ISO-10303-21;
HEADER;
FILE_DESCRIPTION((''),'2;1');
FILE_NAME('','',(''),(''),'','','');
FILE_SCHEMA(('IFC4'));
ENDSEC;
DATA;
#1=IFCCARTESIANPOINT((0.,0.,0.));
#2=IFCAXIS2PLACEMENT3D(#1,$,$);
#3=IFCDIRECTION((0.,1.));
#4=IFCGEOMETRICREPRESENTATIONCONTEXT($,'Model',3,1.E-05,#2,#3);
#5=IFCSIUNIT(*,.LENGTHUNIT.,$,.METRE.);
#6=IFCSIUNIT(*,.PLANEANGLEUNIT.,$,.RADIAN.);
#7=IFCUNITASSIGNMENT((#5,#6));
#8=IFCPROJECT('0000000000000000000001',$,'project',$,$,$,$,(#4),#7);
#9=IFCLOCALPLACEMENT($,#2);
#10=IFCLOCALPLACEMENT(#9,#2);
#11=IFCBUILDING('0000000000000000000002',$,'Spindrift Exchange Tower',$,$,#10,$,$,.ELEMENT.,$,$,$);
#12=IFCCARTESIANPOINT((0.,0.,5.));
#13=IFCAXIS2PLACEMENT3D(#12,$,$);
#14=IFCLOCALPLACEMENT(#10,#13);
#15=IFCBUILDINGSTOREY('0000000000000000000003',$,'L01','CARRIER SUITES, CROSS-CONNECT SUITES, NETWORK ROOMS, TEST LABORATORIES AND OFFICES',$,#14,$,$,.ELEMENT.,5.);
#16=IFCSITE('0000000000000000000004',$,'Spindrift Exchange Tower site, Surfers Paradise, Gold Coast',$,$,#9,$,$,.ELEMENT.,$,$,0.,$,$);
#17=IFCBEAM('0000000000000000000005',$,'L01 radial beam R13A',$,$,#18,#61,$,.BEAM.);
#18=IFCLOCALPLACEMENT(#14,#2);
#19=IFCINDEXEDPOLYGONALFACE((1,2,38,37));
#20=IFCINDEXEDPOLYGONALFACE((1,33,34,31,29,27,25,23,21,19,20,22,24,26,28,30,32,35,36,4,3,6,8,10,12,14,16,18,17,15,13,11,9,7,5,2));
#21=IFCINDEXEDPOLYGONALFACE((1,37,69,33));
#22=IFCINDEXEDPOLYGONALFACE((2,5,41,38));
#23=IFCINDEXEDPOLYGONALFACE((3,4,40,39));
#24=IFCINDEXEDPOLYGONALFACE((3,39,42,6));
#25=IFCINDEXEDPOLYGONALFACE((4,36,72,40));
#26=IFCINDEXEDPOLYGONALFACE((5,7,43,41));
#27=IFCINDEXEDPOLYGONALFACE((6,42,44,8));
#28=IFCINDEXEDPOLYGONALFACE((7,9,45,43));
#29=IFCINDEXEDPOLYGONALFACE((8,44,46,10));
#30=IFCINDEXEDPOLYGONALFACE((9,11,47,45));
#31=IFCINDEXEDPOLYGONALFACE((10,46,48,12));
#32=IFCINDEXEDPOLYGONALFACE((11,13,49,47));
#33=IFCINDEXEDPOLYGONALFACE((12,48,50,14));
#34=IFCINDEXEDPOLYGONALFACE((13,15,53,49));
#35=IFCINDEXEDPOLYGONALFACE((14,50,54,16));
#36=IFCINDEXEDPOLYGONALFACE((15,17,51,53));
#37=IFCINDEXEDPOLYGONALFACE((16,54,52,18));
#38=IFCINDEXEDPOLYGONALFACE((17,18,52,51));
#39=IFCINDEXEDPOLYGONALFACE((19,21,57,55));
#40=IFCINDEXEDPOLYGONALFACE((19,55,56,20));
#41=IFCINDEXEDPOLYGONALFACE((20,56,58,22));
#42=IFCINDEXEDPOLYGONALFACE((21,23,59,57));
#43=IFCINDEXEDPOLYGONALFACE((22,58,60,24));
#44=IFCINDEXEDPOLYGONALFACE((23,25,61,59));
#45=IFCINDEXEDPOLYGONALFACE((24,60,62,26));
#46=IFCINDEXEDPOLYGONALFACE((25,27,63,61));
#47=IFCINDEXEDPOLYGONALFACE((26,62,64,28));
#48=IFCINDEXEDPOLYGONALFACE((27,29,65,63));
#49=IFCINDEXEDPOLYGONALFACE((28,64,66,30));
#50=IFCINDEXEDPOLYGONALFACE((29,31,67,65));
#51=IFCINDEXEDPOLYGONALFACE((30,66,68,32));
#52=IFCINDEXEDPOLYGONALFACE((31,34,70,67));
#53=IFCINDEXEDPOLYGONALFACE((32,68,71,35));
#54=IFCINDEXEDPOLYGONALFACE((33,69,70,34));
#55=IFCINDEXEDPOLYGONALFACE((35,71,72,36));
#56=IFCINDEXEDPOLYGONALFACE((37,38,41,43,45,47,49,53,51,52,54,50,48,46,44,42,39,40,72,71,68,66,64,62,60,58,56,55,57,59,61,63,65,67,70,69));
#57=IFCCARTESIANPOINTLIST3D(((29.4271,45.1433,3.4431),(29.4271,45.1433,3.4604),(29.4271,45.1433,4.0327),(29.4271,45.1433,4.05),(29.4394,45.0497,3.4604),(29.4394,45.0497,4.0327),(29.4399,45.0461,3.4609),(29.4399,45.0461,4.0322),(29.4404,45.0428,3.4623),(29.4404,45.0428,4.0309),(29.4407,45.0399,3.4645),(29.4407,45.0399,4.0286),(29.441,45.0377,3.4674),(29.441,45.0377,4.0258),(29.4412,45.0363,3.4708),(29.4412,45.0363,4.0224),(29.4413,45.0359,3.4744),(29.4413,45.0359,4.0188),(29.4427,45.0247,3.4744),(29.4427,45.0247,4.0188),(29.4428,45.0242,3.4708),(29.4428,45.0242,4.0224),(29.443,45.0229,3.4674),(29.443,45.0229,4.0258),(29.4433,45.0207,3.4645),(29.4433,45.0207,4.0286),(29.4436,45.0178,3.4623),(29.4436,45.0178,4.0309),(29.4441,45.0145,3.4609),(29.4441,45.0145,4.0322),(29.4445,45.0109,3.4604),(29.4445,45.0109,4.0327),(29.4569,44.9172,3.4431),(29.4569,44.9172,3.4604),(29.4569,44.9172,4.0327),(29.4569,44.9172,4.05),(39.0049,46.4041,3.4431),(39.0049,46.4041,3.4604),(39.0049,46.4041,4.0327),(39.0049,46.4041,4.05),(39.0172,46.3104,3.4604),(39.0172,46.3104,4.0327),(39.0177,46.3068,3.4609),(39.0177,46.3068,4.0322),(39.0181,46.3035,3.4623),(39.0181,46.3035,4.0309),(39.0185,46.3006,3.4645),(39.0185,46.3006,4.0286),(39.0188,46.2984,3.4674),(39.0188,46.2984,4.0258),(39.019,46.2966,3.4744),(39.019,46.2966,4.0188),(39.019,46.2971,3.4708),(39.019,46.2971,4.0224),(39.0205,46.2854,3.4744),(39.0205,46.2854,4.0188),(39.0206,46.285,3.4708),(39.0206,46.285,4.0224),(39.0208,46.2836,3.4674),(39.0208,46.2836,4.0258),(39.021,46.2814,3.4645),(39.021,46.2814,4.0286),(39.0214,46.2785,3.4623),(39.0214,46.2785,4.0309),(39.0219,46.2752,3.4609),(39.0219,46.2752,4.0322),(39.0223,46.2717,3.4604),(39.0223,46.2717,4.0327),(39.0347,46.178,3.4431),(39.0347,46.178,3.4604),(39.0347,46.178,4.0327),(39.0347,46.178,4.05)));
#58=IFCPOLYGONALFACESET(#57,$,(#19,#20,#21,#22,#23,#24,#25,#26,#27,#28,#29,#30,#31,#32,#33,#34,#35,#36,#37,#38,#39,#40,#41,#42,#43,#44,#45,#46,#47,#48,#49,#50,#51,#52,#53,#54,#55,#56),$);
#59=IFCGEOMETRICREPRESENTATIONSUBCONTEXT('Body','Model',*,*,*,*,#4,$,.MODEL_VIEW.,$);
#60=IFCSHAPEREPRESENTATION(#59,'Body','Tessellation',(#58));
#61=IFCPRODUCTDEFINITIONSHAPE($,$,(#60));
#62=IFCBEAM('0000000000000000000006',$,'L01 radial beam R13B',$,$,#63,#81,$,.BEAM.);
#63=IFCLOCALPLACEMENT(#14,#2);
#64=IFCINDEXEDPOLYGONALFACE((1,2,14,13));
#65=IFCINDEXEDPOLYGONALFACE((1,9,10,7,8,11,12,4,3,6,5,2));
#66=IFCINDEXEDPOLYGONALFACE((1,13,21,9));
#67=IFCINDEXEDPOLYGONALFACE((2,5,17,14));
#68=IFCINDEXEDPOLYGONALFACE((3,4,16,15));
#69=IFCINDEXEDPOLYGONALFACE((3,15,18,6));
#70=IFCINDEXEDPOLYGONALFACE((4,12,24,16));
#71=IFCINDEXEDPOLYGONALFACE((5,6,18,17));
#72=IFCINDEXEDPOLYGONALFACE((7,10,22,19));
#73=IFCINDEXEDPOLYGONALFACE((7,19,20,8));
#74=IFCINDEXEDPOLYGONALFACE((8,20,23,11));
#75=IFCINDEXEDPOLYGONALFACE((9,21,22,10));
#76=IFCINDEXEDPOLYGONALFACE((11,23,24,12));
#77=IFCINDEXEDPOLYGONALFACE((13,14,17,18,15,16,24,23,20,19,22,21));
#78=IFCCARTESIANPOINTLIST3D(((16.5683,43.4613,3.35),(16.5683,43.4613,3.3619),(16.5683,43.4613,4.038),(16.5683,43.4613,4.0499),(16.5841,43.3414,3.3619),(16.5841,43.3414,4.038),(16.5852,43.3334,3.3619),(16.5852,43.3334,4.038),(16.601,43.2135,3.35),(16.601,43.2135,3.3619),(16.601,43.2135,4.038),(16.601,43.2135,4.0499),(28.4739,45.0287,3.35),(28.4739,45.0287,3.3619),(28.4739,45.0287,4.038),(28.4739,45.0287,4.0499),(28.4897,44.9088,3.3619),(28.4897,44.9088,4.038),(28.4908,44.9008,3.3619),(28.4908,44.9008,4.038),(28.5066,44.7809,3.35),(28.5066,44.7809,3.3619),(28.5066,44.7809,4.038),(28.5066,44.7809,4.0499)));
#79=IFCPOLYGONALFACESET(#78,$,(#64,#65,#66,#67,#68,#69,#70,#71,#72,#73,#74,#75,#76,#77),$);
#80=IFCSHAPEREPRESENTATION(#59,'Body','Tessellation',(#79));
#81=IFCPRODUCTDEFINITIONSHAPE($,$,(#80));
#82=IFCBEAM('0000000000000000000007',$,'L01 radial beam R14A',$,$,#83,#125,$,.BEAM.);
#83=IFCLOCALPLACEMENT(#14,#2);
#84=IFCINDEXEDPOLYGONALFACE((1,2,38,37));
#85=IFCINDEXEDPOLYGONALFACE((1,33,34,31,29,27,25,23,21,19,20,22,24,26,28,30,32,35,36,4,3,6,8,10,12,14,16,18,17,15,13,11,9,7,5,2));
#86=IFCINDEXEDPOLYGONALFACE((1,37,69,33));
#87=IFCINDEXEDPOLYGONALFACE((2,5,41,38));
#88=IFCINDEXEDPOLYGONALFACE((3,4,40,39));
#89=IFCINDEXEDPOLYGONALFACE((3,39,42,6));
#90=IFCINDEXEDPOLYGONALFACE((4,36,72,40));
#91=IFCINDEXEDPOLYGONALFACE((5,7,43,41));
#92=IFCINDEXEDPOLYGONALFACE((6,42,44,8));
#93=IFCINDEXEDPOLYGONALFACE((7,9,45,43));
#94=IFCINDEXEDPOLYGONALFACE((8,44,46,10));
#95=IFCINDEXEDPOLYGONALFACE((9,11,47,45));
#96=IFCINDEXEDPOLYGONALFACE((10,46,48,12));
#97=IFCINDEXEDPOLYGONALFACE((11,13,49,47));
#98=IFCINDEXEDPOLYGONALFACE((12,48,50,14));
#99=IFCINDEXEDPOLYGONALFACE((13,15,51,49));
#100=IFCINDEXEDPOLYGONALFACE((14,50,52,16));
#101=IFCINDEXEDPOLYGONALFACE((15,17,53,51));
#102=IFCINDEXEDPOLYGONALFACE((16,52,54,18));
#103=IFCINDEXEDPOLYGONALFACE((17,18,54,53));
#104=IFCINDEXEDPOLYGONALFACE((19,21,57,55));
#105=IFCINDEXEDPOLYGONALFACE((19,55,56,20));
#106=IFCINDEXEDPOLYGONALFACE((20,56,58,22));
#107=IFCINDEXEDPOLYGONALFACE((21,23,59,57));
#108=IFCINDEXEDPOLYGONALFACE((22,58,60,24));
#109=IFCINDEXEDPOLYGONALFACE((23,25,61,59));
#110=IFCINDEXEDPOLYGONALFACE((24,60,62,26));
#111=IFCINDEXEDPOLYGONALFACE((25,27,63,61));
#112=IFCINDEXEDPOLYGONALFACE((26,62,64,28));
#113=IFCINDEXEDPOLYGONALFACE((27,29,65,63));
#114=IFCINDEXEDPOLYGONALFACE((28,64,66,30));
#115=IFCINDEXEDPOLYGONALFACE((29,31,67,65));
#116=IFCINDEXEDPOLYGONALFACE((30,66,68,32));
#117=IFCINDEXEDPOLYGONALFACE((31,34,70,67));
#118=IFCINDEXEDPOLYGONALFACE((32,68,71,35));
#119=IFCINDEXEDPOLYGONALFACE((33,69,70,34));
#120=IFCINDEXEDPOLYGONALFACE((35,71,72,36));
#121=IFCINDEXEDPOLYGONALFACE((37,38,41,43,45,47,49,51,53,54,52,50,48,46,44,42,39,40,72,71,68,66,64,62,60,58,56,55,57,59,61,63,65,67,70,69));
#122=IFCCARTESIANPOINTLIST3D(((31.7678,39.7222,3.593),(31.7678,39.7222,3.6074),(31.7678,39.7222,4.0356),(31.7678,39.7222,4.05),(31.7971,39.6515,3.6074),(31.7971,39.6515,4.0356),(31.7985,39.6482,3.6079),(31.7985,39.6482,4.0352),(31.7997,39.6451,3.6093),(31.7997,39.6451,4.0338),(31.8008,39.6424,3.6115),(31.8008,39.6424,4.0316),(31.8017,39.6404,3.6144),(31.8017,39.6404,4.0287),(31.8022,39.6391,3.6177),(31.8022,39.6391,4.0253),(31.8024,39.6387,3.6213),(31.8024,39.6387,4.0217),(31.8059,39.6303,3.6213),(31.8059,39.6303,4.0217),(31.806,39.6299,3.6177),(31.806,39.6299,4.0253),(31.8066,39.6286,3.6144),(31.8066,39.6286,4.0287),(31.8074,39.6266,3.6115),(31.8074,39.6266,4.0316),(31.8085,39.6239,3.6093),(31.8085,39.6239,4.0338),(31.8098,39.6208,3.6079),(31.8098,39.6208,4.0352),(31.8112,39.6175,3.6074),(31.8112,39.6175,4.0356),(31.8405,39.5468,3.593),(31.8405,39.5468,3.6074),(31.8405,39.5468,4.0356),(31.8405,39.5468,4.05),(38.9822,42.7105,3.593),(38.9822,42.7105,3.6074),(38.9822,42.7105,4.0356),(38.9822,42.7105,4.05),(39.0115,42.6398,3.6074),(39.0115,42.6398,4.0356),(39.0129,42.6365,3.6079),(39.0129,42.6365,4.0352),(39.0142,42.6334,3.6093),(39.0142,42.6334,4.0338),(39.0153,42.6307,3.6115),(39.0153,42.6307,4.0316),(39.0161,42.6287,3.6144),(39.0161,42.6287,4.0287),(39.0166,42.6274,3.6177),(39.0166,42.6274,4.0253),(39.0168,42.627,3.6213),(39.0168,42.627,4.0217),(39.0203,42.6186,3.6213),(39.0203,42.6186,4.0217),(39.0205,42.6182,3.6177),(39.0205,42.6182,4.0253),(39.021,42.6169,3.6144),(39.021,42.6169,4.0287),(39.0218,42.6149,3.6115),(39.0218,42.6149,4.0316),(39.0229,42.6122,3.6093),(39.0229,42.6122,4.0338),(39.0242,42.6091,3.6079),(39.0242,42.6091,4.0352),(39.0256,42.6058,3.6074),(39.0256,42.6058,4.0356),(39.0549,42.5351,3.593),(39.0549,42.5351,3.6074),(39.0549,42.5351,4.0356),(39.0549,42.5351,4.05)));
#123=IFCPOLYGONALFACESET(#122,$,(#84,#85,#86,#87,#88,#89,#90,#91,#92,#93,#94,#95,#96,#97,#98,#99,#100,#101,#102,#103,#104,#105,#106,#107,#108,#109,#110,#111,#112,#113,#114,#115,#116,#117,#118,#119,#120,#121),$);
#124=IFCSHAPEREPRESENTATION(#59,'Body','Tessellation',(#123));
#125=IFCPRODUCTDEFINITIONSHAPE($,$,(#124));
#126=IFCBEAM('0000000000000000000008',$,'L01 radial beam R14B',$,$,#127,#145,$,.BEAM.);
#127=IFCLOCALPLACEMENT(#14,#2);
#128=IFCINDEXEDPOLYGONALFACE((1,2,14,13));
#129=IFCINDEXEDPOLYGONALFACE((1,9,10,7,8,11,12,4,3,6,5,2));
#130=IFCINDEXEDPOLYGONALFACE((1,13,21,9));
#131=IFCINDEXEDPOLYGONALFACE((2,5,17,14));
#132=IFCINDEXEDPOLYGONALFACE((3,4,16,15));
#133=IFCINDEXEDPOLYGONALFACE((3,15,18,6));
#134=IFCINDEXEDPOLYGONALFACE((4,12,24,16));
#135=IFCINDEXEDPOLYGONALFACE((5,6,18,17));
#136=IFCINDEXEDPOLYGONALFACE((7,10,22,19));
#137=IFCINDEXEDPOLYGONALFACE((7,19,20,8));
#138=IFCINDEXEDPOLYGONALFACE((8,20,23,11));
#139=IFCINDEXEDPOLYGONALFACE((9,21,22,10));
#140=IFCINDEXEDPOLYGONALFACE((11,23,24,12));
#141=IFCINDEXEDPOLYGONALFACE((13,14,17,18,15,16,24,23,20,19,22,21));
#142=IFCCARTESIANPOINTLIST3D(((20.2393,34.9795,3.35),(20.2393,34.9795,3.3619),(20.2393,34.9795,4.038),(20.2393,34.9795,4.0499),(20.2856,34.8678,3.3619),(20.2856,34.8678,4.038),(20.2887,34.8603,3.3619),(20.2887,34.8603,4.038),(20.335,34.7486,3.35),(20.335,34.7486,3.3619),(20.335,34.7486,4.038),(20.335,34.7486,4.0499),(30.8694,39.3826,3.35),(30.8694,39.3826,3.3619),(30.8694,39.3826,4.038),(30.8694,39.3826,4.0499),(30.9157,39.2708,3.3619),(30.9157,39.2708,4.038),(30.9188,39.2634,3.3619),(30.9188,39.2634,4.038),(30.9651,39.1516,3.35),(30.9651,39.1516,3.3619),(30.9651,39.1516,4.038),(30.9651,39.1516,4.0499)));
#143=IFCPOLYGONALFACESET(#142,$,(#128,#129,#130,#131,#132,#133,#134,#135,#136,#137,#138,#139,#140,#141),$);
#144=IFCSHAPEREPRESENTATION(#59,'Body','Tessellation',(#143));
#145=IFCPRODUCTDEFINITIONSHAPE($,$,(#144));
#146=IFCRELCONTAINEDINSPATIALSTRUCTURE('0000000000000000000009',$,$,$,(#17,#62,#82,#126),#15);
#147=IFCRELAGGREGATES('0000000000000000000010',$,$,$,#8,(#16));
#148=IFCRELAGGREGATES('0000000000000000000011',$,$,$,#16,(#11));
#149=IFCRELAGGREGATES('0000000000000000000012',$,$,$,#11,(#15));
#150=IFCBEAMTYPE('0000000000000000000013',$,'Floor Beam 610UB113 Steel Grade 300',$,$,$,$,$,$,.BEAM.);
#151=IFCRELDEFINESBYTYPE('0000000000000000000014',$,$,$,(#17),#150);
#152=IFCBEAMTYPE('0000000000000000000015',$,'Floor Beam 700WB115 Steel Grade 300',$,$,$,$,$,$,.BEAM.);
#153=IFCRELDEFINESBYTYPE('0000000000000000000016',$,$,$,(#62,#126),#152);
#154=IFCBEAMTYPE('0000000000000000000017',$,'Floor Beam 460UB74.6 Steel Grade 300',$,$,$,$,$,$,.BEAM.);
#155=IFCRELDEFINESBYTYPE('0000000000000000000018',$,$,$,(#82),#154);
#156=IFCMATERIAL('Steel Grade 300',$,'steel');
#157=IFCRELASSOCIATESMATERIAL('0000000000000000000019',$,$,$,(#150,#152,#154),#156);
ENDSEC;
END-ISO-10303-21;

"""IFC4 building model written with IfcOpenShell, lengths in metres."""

from ifc_helpers import new_model, si_unit, direction, frame, origin, origin_2d, place, context, subcontext, project, spatial, i_section, extrude, source, transform, mapped, material, material_profile, profile_set, type_object, element, save


model = new_model("IFC4")

# Units and contexts
model_context = context("Model", 3, precision=1e-05, world=origin(), true_north=direction((0.0, 1.0)))
body_context = subcontext(model_context, "Body", "Model", "MODEL_VIEW")
ifc_project = project(units=[si_unit("LENGTHUNIT", "METRE"), si_unit("PLANEANGLEUNIT", "RADIAN")], contexts=[model_context])

# Site, building, storey
site_placement = place(None, origin())
site = spatial("IfcSite", under=ifc_project, at=site_placement, Name="Spindrift Exchange Tower site, Surfers Paradise, Gold Coast", CompositionType="ELEMENT", RefElevation=0.0)
building_placement = place(site_placement, origin())
building = spatial("IfcBuilding", under=site, at=building_placement, Name="Spindrift Exchange Tower", CompositionType="ELEMENT")
storey_placement = place(building_placement, frame((0.0, 0.0, 5.0)))
storey = spatial("IfcBuildingStorey", under=building, at=storey_placement, Name="L01", Description="CARRIER SUITES, CROSS-CONNECT SUITES, NETWORK ROOMS, TEST LABORATORIES AND OFFICES", CompositionType="ELEMENT", Elevation=5.0)

# Beams
ifc_material_1 = material(Name="Steel Grade 300", Category="steel")
ifc_material_profile_1 = material_profile(ifc_material_1, i_section(OverallWidth=0.228, OverallDepth=0.6069, WebThickness=0.0112, FlangeThickness=0.0173, FilletRadius=0.0139, at=origin_2d()), Name="610UB113")
ifc_profile_set_1 = profile_set([ifc_material_profile_1], Name="Steel Grade 300")
beam_type_1 = type_object("IfcBeamType", Name="Floor Beam 610UB113 Steel Grade 300", PredefinedType="BEAM", material=ifc_profile_set_1)
shared_shape_1 = source(origin(), body_context, "Body", "SweptSolid", [
    extrude(i_section(OverallWidth=0.228, OverallDepth=0.6069, WebThickness=0.0112, FlangeThickness=0.0173, FilletRadius=0.0139, at=origin_2d()), origin(), (0.0, 0.0, 1.0), 9.6604),
])
beam_1_placement = place(storey_placement, frame((39.0198, 46.291, 3.7466), z_axis=(-0.991448, -0.130505, 0.0), x_axis=(0.130505, -0.991448, 0.0)))
element("IfcBeam", 1, at=beam_1_placement, inside=storey, type_object=beam_type_1, Name="L01 radial beam R13A", PredefinedType="BEAM", context=body_context, shape_type="MappedRepresentation", body=[
    mapped(shared_shape_1, transform((0.0, 0.0, 0.0), scale=1.0)),
])
ifc_material_profile_2 = material_profile(ifc_material_1, i_section(OverallWidth=0.25, OverallDepth=0.7, WebThickness=0.0081, FlangeThickness=0.012, at=origin_2d()), Name="700WB115")
ifc_profile_set_2 = profile_set([ifc_material_profile_2], Name="Steel Grade 300")
beam_type_2 = type_object("IfcBeamType", Name="Floor Beam 700WB115 Steel Grade 300", PredefinedType="BEAM", material=ifc_profile_set_2)
shared_shape_2 = source(origin(), body_context, "Body", "SweptSolid", [
    extrude(i_section(OverallWidth=0.25, OverallDepth=0.7, WebThickness=0.0081, FlangeThickness=0.012, at=origin_2d()), origin(), (0.0, 0.0, 1.0), 12.0083),
])
beam_2_placement = place(storey_placement, frame((28.4902, 44.9048, 3.7), z_axis=(-0.991445, -0.130526, 0.0), x_axis=(0.130526, -0.991445, 0.0)))
element("IfcBeam", 2, at=beam_2_placement, inside=storey, type_object=beam_type_2, Name="L01 radial beam R13B", PredefinedType="BEAM", context=body_context, shape_type="MappedRepresentation", body=[
    mapped(shared_shape_2, transform((0.0, 0.0, 0.0), scale=1.0)),
])
ifc_material_profile_3 = material_profile(ifc_material_1, i_section(OverallWidth=0.1899, OverallDepth=0.457, WebThickness=0.009, FlangeThickness=0.0144, FilletRadius=0.0139, at=origin_2d()), Name="460UB74.6")
ifc_profile_set_3 = profile_set([ifc_material_profile_3], Name="Steel Grade 300")
beam_type_3 = type_object("IfcBeamType", Name="Floor Beam 460UB74.6 Steel Grade 300", PredefinedType="BEAM", material=ifc_profile_set_3)
shared_shape_3 = source(origin(), body_context, "Body", "SweptSolid", [
    extrude(i_section(OverallWidth=0.1899, OverallDepth=0.457, WebThickness=0.009, FlangeThickness=0.0144, FilletRadius=0.0139, at=origin_2d()), origin(), (0.0, 0.0, 1.0), 7.8088),
])
beam_3_placement = place(storey_placement, frame((39.0186, 42.6228, 3.8215), z_axis=(-0.92388, -0.382683, 0.0), x_axis=(0.382683, -0.92388, 0.0)))
element("IfcBeam", 3, at=beam_3_placement, inside=storey, type_object=beam_type_3, Name="L01 radial beam R14A", PredefinedType="BEAM", context=body_context, shape_type="MappedRepresentation", body=[
    mapped(shared_shape_3, transform((0.0, 0.0, 0.0), scale=1.0)),
])
shared_shape_4 = source(origin(), body_context, "Body", "SweptSolid", [
    extrude(i_section(OverallWidth=0.25, OverallDepth=0.7, WebThickness=0.0081, FlangeThickness=0.012, at=origin_2d()), origin(), (0.0, 0.0, 1.0), 11.5059),
])
beam_4_placement = place(storey_placement, frame((30.9172, 39.2671, 3.7), z_axis=(-0.923882, -0.382678, 0.0), x_axis=(0.382678, -0.923882, 0.0)))
element("IfcBeam", 4, at=beam_4_placement, inside=storey, type_object=beam_type_2, Name="L01 radial beam R14B", PredefinedType="BEAM", context=body_context, shape_type="MappedRepresentation", body=[
    mapped(shared_shape_4, transform((0.0, 0.0, 0.0), scale=1.0)),
])

save(model, "model.ifc")
